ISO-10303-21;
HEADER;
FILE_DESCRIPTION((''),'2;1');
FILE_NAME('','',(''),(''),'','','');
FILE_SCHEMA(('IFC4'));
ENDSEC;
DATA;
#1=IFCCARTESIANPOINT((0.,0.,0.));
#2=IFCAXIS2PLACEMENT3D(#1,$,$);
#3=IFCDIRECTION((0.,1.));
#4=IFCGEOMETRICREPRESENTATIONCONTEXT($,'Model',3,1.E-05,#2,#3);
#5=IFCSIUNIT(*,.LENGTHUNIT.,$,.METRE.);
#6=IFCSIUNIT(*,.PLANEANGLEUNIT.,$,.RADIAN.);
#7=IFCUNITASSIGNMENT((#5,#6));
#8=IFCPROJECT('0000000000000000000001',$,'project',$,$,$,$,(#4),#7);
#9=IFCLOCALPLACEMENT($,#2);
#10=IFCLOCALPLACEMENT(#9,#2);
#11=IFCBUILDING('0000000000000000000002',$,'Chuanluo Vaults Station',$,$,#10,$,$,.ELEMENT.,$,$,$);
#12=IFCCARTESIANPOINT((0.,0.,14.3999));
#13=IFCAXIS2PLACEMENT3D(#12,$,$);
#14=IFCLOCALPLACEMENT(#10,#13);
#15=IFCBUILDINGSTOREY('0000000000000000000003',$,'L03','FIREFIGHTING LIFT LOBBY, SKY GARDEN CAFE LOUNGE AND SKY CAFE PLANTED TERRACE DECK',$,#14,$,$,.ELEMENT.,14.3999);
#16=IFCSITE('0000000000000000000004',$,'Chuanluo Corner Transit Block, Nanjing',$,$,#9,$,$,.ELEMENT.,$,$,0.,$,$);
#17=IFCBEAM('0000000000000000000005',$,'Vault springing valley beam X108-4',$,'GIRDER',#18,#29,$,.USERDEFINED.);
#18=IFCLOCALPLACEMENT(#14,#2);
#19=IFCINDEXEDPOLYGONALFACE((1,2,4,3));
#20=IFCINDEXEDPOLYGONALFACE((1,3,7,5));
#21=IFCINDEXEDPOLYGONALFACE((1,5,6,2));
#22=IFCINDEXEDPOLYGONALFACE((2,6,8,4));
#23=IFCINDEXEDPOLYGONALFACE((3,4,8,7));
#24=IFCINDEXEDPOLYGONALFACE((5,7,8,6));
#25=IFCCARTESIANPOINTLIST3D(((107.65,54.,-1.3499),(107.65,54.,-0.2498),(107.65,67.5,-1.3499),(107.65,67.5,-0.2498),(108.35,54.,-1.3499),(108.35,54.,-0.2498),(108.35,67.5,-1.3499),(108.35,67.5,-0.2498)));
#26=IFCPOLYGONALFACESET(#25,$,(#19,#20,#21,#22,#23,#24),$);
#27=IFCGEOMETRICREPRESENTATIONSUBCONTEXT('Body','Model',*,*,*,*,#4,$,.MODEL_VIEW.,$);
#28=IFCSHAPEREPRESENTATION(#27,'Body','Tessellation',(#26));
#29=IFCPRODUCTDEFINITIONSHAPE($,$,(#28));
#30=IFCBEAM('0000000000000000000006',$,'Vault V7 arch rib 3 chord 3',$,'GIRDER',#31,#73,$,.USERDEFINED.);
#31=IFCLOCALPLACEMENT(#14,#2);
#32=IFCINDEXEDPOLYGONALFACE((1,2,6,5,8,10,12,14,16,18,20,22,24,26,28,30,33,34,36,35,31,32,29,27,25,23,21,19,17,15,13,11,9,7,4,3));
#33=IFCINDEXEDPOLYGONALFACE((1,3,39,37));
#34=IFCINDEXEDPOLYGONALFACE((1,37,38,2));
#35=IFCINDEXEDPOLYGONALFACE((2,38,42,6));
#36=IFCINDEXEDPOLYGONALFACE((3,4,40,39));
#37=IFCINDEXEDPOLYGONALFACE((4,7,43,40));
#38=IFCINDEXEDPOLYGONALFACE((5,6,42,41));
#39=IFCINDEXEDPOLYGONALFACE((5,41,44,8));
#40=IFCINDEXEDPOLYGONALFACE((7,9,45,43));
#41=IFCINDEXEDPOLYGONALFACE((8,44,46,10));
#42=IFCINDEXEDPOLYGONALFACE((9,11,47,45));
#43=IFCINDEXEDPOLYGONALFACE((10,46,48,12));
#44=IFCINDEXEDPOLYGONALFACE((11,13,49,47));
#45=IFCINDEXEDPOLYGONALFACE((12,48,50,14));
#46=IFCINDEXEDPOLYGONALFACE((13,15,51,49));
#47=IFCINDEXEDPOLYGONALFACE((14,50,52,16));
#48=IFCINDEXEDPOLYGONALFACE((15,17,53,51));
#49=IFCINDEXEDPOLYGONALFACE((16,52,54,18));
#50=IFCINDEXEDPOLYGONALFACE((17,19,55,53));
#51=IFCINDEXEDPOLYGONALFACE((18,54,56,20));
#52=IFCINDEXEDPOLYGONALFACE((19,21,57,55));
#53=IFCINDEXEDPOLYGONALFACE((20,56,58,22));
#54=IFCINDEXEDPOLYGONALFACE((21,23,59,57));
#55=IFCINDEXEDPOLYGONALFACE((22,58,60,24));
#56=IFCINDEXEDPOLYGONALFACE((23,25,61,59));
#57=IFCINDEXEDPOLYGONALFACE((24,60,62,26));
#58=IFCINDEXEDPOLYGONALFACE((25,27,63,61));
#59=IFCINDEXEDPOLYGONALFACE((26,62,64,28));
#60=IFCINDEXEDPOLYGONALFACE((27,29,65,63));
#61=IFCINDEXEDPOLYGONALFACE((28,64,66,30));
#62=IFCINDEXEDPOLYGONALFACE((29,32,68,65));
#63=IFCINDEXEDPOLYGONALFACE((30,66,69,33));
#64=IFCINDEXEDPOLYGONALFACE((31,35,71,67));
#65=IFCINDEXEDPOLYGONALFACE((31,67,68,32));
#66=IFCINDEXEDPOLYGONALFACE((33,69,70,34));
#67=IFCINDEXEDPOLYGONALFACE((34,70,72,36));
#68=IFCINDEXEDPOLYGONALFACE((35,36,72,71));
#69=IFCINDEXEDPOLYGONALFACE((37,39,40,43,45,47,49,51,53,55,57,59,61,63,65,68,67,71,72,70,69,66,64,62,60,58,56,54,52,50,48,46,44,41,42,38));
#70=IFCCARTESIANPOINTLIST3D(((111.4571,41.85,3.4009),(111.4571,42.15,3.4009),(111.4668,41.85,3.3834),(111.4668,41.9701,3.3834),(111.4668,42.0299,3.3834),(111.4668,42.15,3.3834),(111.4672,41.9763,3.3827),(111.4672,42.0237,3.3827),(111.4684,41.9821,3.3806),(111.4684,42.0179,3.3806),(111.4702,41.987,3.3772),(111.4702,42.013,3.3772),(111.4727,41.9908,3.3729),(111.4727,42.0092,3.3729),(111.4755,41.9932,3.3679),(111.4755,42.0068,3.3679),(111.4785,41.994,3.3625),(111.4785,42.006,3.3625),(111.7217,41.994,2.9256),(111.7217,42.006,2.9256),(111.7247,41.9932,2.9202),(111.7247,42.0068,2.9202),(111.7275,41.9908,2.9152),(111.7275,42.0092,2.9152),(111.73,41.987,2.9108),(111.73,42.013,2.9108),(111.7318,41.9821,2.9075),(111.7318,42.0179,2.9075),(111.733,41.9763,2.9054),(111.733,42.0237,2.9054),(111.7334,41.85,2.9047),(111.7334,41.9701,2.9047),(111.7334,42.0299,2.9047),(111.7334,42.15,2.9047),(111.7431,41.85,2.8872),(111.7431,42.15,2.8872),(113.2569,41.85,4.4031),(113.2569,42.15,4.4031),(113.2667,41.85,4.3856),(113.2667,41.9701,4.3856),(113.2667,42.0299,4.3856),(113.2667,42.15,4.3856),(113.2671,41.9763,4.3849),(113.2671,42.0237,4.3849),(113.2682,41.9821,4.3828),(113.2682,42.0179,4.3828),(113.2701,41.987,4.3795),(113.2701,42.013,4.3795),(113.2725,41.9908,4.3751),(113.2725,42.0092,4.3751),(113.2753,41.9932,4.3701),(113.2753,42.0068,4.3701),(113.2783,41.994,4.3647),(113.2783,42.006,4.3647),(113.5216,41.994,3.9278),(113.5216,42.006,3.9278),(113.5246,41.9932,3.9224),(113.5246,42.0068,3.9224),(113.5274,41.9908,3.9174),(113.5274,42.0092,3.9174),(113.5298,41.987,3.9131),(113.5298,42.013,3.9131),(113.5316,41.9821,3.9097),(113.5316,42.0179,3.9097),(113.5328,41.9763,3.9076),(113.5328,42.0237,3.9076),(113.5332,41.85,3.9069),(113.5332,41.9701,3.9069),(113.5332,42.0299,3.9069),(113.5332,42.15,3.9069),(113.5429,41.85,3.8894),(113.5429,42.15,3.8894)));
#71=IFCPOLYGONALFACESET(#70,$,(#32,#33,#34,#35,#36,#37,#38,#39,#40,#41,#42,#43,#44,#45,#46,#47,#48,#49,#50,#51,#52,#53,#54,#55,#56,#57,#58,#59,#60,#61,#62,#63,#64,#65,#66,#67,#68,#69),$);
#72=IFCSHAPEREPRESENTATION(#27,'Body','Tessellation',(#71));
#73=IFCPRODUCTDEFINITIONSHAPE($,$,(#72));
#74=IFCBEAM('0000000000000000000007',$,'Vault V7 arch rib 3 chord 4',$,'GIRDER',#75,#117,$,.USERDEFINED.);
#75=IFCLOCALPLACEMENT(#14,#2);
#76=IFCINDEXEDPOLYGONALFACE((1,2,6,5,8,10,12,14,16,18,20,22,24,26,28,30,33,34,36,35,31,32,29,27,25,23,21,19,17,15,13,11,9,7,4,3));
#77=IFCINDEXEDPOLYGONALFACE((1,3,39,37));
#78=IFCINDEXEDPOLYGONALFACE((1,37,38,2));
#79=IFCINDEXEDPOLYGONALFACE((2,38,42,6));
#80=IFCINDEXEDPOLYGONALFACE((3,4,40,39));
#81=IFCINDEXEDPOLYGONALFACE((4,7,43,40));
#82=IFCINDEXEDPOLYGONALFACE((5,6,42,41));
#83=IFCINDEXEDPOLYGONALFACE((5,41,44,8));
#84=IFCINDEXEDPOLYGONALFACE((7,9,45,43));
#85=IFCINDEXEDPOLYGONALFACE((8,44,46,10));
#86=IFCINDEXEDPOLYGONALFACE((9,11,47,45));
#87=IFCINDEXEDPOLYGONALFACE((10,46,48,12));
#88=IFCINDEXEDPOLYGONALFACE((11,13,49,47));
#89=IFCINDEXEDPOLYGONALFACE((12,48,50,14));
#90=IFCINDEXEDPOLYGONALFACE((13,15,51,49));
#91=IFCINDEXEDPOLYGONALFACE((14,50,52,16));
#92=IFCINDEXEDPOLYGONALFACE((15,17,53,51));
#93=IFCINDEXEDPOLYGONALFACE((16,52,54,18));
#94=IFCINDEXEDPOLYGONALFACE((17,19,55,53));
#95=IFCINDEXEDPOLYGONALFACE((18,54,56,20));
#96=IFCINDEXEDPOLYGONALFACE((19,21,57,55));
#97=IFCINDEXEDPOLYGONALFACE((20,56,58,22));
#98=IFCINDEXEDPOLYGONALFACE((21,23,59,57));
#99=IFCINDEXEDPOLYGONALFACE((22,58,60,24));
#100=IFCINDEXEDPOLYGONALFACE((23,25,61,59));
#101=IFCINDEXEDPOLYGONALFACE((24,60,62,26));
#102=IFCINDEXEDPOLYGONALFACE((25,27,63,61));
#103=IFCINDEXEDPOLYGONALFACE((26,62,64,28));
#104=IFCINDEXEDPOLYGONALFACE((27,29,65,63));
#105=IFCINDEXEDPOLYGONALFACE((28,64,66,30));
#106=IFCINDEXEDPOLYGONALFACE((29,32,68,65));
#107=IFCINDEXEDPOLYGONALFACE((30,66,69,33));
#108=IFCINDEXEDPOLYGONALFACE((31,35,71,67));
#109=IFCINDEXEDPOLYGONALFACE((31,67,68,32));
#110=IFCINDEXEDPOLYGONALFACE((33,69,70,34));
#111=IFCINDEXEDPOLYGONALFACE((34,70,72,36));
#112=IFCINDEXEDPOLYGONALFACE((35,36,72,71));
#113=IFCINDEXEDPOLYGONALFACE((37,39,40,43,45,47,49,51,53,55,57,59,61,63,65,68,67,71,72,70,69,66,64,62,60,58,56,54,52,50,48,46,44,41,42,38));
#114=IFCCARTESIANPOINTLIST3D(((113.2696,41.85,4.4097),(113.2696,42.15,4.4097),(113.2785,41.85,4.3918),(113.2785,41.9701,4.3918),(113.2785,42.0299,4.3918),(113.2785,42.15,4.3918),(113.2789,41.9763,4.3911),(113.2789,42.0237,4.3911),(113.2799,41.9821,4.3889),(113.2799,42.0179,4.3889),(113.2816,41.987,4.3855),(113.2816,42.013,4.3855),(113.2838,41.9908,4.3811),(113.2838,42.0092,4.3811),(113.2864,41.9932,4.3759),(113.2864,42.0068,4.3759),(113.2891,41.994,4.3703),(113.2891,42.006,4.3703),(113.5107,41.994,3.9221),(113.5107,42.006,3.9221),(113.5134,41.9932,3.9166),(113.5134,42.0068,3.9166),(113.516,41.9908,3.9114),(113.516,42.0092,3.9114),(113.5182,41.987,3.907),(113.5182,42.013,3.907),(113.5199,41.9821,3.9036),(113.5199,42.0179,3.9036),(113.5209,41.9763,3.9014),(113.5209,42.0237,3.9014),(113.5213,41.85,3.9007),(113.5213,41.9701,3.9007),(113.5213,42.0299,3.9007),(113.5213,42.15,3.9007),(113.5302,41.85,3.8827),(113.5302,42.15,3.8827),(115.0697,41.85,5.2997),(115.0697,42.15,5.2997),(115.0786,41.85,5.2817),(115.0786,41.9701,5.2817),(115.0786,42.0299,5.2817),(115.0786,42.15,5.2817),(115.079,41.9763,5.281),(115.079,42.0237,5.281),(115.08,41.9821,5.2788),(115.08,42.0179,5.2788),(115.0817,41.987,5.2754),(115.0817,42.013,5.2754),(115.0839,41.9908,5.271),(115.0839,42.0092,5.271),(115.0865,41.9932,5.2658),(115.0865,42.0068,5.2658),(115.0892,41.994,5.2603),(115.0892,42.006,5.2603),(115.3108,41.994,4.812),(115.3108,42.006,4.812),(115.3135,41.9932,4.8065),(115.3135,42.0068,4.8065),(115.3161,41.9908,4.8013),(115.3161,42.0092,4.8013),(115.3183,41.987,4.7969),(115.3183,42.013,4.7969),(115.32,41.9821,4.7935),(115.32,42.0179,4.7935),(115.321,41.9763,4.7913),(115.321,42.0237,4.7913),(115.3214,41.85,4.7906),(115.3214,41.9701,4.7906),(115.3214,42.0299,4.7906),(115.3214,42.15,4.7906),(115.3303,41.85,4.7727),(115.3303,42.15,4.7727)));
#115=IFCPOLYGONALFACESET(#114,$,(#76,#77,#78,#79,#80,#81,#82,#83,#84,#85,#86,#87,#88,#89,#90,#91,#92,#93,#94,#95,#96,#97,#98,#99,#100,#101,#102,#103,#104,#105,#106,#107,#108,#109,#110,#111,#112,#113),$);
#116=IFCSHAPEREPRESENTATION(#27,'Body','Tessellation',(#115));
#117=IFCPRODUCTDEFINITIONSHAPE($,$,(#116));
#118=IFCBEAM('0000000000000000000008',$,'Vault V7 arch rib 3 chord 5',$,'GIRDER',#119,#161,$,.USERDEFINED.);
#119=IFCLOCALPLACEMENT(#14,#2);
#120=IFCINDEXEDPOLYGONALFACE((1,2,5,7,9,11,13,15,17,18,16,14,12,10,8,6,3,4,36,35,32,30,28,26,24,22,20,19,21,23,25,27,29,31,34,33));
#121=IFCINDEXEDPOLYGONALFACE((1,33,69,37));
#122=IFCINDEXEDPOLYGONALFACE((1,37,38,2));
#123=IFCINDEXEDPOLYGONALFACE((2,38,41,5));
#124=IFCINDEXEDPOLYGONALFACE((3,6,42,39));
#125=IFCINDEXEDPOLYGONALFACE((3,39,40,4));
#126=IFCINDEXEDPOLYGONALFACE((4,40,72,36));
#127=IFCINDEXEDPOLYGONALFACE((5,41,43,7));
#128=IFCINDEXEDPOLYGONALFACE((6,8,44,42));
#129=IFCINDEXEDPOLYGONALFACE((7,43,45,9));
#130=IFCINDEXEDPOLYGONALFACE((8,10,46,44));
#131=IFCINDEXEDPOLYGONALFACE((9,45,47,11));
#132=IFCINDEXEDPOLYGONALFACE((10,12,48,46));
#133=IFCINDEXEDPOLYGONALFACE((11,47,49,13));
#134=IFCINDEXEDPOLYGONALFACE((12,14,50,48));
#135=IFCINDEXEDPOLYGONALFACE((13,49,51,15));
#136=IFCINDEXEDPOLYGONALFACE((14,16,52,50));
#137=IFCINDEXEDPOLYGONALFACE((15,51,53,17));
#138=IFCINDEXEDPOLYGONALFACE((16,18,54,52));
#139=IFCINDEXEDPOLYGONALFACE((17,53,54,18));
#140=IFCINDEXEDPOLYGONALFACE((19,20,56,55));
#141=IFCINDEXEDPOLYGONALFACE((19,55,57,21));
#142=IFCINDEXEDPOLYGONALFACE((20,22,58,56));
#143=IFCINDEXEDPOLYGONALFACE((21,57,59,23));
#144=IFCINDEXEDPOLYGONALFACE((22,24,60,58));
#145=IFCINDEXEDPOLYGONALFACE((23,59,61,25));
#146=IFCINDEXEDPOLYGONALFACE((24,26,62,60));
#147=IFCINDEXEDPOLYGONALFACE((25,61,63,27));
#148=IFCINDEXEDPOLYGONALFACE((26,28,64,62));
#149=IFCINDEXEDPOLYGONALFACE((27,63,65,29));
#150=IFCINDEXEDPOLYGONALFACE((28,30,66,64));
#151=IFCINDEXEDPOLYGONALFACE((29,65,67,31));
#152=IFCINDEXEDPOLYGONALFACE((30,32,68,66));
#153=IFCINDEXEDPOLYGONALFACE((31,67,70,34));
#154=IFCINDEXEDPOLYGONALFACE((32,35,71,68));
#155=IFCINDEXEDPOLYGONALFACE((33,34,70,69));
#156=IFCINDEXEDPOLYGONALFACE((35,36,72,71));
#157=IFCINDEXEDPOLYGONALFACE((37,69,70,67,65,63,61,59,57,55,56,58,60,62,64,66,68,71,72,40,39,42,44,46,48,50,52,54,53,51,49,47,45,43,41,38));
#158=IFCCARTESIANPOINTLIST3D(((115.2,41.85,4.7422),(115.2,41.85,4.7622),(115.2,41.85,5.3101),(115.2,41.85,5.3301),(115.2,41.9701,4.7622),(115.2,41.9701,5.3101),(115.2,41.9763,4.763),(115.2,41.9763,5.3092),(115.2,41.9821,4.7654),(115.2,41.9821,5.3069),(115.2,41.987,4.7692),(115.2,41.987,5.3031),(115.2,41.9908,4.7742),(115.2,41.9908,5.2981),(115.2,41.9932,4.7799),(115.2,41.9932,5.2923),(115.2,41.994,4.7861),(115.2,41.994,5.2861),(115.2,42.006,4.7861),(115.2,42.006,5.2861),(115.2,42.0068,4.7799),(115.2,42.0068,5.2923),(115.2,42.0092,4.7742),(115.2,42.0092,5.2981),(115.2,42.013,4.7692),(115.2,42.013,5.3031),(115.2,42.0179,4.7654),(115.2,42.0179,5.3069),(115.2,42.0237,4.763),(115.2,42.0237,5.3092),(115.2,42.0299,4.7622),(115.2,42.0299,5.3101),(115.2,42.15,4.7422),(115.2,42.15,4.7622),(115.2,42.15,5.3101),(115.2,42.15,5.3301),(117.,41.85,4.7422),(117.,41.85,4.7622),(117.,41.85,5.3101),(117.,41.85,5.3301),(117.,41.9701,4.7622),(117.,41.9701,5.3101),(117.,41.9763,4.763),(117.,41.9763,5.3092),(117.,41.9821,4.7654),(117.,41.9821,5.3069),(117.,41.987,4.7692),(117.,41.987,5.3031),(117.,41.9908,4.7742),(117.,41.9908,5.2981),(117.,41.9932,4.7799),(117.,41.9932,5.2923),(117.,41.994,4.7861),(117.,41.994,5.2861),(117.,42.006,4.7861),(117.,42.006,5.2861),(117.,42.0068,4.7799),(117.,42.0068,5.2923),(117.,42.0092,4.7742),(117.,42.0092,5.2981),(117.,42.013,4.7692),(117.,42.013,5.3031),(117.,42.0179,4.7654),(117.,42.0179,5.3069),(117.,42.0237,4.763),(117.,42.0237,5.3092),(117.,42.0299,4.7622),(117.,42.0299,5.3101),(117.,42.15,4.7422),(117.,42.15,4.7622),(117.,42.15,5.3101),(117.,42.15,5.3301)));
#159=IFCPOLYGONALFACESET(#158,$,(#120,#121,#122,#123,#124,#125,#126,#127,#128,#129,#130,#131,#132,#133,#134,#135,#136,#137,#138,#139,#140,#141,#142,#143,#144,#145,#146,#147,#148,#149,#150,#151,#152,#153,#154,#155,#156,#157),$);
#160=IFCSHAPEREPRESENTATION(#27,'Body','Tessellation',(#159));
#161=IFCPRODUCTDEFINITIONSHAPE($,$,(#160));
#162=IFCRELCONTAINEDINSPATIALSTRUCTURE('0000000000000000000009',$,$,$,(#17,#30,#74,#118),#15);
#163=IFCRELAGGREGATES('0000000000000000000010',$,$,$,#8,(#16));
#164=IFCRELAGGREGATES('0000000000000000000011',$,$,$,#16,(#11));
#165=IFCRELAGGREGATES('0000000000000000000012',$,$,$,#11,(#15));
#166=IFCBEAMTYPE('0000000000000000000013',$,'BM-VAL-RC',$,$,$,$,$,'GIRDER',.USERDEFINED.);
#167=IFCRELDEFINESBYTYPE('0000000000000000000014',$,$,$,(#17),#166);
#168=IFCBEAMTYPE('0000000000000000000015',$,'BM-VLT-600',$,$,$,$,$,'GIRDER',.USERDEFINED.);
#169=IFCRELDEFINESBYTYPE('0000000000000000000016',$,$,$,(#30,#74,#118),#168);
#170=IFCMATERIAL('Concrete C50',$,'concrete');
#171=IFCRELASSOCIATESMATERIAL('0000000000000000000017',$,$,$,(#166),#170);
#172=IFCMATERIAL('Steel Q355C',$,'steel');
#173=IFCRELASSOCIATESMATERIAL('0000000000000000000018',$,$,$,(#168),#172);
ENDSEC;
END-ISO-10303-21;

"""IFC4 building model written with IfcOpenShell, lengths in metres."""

from ifc_helpers import new_model, si_unit, direction, frame, origin, origin_2d, place, context, subcontext, project, spatial, rectangle, i_section, extrude, material, material_profile, profile_set, type_object, element, save


model = new_model("IFC4")

# Units and contexts
model_context = context("Model", 3, precision=1e-05, world=origin(), true_north=direction((0.0, 1.0)))
body_context = subcontext(model_context, "Body", "Model", "MODEL_VIEW")
ifc_project = project(units=[si_unit("LENGTHUNIT", "METRE"), si_unit("PLANEANGLEUNIT", "RADIAN")], contexts=[model_context])

# Site, building, storey
site_placement = place(None, origin())
site = spatial("IfcSite", under=ifc_project, at=site_placement, Name="Chuanluo Corner Transit Block, Nanjing", CompositionType="ELEMENT", RefElevation=0.0)
building_placement = place(site_placement, origin())
building = spatial("IfcBuilding", under=site, at=building_placement, Name="Chuanluo Vaults Station", CompositionType="ELEMENT")
storey_placement = place(building_placement, frame((0.0, 0.0, 14.3999)))
storey = spatial("IfcBuildingStorey", under=building, at=storey_placement, Name="L03", Description="FIREFIGHTING LIFT LOBBY, SKY GARDEN CAFE LOUNGE AND SKY CAFE PLANTED TERRACE DECK", CompositionType="ELEMENT", Elevation=14.3999)

# Beams
ifc_material_1 = material(Name="Concrete C50", Category="concrete")
ifc_material_profile_1 = material_profile(ifc_material_1, rectangle(XDim=0.7, YDim=1.1001, at=origin_2d()))
ifc_profile_set_1 = profile_set([ifc_material_profile_1], Name="Concrete C50")
beam_type_1 = type_object("IfcBeamType", Name="BM-VAL-RC", ElementType="GIRDER", PredefinedType="USERDEFINED", material=ifc_profile_set_1)
beam_1_placement = place(storey_placement, frame((108.0, 54.0, -0.7998), z_axis=(0.0, 1.0, 0.0), x_axis=(-1.0, 0.0, 0.0)))
element("IfcBeam", 1, at=beam_1_placement, inside=storey, type_object=beam_type_1, Name="Vault springing valley beam X108-4", ObjectType="GIRDER", PredefinedType="USERDEFINED", context=body_context, shape_type="SweptSolid", body=[
    extrude(rectangle(XDim=0.7, YDim=1.1001, at=origin_2d()), origin(), (0.0, 0.0, 1.0), 13.5),
])
ifc_material_2 = material(Name="Steel Q355C", Category="steel")
ifc_material_profile_2 = material_profile(ifc_material_2, i_section(OverallWidth=0.3, OverallDepth=0.5879, WebThickness=0.012, FlangeThickness=0.02, FilletRadius=0.0239, at=origin_2d()))
ifc_profile_set_2 = profile_set([ifc_material_profile_2], Name="Steel Q355C")
beam_type_2 = type_object("IfcBeamType", Name="BM-VLT-600", ElementType="GIRDER", PredefinedType="USERDEFINED", material=ifc_profile_set_2)
beam_2_placement = place(storey_placement, frame((111.6001, 42.0, 3.144), z_axis=(0.873682, 0.0, 0.486498), x_axis=(0.0, 1.0, 0.0)))
element("IfcBeam", 2, at=beam_2_placement, inside=storey, type_object=beam_type_2, Name="Vault V7 arch rib 3 chord 3", ObjectType="GIRDER", PredefinedType="USERDEFINED", context=body_context, shape_type="SweptSolid", body=[
    extrude(i_section(OverallWidth=0.3, OverallDepth=0.5879, WebThickness=0.012, FlangeThickness=0.02, FilletRadius=0.0239, at=origin_2d()), origin(), (0.0, 0.0, 1.0), 2.0601),
])
beam_3_placement = place(storey_placement, frame((113.3999, 42.0, 4.1462), z_axis=(0.896436, 0.0, 0.443172), x_axis=(0.0, 1.0, 0.0)))
element("IfcBeam", 3, at=beam_3_placement, inside=storey, type_object=beam_type_2, Name="Vault V7 arch rib 3 chord 4", ObjectType="GIRDER", PredefinedType="USERDEFINED", context=body_context, shape_type="SweptSolid", body=[
    extrude(i_section(OverallWidth=0.3, OverallDepth=0.5879, WebThickness=0.012, FlangeThickness=0.02, FilletRadius=0.0239, at=origin_2d()), origin(), (0.0, 0.0, 1.0), 2.0081),
])
beam_4_placement = place(storey_placement, frame((115.2, 42.0, 5.0361), z_axis=(1.0, 0.0, 0.0), x_axis=(0.0, 1.0, 0.0)))
element("IfcBeam", 4, at=beam_4_placement, inside=storey, type_object=beam_type_2, Name="Vault V7 arch rib 3 chord 5", ObjectType="GIRDER", PredefinedType="USERDEFINED", context=body_context, shape_type="SweptSolid", body=[
    extrude(i_section(OverallWidth=0.3, OverallDepth=0.5879, WebThickness=0.012, FlangeThickness=0.02, FilletRadius=0.0239, at=origin_2d()), origin(), (0.0, 0.0, 1.0), 1.8),
])

save(model, "model.ifc")
